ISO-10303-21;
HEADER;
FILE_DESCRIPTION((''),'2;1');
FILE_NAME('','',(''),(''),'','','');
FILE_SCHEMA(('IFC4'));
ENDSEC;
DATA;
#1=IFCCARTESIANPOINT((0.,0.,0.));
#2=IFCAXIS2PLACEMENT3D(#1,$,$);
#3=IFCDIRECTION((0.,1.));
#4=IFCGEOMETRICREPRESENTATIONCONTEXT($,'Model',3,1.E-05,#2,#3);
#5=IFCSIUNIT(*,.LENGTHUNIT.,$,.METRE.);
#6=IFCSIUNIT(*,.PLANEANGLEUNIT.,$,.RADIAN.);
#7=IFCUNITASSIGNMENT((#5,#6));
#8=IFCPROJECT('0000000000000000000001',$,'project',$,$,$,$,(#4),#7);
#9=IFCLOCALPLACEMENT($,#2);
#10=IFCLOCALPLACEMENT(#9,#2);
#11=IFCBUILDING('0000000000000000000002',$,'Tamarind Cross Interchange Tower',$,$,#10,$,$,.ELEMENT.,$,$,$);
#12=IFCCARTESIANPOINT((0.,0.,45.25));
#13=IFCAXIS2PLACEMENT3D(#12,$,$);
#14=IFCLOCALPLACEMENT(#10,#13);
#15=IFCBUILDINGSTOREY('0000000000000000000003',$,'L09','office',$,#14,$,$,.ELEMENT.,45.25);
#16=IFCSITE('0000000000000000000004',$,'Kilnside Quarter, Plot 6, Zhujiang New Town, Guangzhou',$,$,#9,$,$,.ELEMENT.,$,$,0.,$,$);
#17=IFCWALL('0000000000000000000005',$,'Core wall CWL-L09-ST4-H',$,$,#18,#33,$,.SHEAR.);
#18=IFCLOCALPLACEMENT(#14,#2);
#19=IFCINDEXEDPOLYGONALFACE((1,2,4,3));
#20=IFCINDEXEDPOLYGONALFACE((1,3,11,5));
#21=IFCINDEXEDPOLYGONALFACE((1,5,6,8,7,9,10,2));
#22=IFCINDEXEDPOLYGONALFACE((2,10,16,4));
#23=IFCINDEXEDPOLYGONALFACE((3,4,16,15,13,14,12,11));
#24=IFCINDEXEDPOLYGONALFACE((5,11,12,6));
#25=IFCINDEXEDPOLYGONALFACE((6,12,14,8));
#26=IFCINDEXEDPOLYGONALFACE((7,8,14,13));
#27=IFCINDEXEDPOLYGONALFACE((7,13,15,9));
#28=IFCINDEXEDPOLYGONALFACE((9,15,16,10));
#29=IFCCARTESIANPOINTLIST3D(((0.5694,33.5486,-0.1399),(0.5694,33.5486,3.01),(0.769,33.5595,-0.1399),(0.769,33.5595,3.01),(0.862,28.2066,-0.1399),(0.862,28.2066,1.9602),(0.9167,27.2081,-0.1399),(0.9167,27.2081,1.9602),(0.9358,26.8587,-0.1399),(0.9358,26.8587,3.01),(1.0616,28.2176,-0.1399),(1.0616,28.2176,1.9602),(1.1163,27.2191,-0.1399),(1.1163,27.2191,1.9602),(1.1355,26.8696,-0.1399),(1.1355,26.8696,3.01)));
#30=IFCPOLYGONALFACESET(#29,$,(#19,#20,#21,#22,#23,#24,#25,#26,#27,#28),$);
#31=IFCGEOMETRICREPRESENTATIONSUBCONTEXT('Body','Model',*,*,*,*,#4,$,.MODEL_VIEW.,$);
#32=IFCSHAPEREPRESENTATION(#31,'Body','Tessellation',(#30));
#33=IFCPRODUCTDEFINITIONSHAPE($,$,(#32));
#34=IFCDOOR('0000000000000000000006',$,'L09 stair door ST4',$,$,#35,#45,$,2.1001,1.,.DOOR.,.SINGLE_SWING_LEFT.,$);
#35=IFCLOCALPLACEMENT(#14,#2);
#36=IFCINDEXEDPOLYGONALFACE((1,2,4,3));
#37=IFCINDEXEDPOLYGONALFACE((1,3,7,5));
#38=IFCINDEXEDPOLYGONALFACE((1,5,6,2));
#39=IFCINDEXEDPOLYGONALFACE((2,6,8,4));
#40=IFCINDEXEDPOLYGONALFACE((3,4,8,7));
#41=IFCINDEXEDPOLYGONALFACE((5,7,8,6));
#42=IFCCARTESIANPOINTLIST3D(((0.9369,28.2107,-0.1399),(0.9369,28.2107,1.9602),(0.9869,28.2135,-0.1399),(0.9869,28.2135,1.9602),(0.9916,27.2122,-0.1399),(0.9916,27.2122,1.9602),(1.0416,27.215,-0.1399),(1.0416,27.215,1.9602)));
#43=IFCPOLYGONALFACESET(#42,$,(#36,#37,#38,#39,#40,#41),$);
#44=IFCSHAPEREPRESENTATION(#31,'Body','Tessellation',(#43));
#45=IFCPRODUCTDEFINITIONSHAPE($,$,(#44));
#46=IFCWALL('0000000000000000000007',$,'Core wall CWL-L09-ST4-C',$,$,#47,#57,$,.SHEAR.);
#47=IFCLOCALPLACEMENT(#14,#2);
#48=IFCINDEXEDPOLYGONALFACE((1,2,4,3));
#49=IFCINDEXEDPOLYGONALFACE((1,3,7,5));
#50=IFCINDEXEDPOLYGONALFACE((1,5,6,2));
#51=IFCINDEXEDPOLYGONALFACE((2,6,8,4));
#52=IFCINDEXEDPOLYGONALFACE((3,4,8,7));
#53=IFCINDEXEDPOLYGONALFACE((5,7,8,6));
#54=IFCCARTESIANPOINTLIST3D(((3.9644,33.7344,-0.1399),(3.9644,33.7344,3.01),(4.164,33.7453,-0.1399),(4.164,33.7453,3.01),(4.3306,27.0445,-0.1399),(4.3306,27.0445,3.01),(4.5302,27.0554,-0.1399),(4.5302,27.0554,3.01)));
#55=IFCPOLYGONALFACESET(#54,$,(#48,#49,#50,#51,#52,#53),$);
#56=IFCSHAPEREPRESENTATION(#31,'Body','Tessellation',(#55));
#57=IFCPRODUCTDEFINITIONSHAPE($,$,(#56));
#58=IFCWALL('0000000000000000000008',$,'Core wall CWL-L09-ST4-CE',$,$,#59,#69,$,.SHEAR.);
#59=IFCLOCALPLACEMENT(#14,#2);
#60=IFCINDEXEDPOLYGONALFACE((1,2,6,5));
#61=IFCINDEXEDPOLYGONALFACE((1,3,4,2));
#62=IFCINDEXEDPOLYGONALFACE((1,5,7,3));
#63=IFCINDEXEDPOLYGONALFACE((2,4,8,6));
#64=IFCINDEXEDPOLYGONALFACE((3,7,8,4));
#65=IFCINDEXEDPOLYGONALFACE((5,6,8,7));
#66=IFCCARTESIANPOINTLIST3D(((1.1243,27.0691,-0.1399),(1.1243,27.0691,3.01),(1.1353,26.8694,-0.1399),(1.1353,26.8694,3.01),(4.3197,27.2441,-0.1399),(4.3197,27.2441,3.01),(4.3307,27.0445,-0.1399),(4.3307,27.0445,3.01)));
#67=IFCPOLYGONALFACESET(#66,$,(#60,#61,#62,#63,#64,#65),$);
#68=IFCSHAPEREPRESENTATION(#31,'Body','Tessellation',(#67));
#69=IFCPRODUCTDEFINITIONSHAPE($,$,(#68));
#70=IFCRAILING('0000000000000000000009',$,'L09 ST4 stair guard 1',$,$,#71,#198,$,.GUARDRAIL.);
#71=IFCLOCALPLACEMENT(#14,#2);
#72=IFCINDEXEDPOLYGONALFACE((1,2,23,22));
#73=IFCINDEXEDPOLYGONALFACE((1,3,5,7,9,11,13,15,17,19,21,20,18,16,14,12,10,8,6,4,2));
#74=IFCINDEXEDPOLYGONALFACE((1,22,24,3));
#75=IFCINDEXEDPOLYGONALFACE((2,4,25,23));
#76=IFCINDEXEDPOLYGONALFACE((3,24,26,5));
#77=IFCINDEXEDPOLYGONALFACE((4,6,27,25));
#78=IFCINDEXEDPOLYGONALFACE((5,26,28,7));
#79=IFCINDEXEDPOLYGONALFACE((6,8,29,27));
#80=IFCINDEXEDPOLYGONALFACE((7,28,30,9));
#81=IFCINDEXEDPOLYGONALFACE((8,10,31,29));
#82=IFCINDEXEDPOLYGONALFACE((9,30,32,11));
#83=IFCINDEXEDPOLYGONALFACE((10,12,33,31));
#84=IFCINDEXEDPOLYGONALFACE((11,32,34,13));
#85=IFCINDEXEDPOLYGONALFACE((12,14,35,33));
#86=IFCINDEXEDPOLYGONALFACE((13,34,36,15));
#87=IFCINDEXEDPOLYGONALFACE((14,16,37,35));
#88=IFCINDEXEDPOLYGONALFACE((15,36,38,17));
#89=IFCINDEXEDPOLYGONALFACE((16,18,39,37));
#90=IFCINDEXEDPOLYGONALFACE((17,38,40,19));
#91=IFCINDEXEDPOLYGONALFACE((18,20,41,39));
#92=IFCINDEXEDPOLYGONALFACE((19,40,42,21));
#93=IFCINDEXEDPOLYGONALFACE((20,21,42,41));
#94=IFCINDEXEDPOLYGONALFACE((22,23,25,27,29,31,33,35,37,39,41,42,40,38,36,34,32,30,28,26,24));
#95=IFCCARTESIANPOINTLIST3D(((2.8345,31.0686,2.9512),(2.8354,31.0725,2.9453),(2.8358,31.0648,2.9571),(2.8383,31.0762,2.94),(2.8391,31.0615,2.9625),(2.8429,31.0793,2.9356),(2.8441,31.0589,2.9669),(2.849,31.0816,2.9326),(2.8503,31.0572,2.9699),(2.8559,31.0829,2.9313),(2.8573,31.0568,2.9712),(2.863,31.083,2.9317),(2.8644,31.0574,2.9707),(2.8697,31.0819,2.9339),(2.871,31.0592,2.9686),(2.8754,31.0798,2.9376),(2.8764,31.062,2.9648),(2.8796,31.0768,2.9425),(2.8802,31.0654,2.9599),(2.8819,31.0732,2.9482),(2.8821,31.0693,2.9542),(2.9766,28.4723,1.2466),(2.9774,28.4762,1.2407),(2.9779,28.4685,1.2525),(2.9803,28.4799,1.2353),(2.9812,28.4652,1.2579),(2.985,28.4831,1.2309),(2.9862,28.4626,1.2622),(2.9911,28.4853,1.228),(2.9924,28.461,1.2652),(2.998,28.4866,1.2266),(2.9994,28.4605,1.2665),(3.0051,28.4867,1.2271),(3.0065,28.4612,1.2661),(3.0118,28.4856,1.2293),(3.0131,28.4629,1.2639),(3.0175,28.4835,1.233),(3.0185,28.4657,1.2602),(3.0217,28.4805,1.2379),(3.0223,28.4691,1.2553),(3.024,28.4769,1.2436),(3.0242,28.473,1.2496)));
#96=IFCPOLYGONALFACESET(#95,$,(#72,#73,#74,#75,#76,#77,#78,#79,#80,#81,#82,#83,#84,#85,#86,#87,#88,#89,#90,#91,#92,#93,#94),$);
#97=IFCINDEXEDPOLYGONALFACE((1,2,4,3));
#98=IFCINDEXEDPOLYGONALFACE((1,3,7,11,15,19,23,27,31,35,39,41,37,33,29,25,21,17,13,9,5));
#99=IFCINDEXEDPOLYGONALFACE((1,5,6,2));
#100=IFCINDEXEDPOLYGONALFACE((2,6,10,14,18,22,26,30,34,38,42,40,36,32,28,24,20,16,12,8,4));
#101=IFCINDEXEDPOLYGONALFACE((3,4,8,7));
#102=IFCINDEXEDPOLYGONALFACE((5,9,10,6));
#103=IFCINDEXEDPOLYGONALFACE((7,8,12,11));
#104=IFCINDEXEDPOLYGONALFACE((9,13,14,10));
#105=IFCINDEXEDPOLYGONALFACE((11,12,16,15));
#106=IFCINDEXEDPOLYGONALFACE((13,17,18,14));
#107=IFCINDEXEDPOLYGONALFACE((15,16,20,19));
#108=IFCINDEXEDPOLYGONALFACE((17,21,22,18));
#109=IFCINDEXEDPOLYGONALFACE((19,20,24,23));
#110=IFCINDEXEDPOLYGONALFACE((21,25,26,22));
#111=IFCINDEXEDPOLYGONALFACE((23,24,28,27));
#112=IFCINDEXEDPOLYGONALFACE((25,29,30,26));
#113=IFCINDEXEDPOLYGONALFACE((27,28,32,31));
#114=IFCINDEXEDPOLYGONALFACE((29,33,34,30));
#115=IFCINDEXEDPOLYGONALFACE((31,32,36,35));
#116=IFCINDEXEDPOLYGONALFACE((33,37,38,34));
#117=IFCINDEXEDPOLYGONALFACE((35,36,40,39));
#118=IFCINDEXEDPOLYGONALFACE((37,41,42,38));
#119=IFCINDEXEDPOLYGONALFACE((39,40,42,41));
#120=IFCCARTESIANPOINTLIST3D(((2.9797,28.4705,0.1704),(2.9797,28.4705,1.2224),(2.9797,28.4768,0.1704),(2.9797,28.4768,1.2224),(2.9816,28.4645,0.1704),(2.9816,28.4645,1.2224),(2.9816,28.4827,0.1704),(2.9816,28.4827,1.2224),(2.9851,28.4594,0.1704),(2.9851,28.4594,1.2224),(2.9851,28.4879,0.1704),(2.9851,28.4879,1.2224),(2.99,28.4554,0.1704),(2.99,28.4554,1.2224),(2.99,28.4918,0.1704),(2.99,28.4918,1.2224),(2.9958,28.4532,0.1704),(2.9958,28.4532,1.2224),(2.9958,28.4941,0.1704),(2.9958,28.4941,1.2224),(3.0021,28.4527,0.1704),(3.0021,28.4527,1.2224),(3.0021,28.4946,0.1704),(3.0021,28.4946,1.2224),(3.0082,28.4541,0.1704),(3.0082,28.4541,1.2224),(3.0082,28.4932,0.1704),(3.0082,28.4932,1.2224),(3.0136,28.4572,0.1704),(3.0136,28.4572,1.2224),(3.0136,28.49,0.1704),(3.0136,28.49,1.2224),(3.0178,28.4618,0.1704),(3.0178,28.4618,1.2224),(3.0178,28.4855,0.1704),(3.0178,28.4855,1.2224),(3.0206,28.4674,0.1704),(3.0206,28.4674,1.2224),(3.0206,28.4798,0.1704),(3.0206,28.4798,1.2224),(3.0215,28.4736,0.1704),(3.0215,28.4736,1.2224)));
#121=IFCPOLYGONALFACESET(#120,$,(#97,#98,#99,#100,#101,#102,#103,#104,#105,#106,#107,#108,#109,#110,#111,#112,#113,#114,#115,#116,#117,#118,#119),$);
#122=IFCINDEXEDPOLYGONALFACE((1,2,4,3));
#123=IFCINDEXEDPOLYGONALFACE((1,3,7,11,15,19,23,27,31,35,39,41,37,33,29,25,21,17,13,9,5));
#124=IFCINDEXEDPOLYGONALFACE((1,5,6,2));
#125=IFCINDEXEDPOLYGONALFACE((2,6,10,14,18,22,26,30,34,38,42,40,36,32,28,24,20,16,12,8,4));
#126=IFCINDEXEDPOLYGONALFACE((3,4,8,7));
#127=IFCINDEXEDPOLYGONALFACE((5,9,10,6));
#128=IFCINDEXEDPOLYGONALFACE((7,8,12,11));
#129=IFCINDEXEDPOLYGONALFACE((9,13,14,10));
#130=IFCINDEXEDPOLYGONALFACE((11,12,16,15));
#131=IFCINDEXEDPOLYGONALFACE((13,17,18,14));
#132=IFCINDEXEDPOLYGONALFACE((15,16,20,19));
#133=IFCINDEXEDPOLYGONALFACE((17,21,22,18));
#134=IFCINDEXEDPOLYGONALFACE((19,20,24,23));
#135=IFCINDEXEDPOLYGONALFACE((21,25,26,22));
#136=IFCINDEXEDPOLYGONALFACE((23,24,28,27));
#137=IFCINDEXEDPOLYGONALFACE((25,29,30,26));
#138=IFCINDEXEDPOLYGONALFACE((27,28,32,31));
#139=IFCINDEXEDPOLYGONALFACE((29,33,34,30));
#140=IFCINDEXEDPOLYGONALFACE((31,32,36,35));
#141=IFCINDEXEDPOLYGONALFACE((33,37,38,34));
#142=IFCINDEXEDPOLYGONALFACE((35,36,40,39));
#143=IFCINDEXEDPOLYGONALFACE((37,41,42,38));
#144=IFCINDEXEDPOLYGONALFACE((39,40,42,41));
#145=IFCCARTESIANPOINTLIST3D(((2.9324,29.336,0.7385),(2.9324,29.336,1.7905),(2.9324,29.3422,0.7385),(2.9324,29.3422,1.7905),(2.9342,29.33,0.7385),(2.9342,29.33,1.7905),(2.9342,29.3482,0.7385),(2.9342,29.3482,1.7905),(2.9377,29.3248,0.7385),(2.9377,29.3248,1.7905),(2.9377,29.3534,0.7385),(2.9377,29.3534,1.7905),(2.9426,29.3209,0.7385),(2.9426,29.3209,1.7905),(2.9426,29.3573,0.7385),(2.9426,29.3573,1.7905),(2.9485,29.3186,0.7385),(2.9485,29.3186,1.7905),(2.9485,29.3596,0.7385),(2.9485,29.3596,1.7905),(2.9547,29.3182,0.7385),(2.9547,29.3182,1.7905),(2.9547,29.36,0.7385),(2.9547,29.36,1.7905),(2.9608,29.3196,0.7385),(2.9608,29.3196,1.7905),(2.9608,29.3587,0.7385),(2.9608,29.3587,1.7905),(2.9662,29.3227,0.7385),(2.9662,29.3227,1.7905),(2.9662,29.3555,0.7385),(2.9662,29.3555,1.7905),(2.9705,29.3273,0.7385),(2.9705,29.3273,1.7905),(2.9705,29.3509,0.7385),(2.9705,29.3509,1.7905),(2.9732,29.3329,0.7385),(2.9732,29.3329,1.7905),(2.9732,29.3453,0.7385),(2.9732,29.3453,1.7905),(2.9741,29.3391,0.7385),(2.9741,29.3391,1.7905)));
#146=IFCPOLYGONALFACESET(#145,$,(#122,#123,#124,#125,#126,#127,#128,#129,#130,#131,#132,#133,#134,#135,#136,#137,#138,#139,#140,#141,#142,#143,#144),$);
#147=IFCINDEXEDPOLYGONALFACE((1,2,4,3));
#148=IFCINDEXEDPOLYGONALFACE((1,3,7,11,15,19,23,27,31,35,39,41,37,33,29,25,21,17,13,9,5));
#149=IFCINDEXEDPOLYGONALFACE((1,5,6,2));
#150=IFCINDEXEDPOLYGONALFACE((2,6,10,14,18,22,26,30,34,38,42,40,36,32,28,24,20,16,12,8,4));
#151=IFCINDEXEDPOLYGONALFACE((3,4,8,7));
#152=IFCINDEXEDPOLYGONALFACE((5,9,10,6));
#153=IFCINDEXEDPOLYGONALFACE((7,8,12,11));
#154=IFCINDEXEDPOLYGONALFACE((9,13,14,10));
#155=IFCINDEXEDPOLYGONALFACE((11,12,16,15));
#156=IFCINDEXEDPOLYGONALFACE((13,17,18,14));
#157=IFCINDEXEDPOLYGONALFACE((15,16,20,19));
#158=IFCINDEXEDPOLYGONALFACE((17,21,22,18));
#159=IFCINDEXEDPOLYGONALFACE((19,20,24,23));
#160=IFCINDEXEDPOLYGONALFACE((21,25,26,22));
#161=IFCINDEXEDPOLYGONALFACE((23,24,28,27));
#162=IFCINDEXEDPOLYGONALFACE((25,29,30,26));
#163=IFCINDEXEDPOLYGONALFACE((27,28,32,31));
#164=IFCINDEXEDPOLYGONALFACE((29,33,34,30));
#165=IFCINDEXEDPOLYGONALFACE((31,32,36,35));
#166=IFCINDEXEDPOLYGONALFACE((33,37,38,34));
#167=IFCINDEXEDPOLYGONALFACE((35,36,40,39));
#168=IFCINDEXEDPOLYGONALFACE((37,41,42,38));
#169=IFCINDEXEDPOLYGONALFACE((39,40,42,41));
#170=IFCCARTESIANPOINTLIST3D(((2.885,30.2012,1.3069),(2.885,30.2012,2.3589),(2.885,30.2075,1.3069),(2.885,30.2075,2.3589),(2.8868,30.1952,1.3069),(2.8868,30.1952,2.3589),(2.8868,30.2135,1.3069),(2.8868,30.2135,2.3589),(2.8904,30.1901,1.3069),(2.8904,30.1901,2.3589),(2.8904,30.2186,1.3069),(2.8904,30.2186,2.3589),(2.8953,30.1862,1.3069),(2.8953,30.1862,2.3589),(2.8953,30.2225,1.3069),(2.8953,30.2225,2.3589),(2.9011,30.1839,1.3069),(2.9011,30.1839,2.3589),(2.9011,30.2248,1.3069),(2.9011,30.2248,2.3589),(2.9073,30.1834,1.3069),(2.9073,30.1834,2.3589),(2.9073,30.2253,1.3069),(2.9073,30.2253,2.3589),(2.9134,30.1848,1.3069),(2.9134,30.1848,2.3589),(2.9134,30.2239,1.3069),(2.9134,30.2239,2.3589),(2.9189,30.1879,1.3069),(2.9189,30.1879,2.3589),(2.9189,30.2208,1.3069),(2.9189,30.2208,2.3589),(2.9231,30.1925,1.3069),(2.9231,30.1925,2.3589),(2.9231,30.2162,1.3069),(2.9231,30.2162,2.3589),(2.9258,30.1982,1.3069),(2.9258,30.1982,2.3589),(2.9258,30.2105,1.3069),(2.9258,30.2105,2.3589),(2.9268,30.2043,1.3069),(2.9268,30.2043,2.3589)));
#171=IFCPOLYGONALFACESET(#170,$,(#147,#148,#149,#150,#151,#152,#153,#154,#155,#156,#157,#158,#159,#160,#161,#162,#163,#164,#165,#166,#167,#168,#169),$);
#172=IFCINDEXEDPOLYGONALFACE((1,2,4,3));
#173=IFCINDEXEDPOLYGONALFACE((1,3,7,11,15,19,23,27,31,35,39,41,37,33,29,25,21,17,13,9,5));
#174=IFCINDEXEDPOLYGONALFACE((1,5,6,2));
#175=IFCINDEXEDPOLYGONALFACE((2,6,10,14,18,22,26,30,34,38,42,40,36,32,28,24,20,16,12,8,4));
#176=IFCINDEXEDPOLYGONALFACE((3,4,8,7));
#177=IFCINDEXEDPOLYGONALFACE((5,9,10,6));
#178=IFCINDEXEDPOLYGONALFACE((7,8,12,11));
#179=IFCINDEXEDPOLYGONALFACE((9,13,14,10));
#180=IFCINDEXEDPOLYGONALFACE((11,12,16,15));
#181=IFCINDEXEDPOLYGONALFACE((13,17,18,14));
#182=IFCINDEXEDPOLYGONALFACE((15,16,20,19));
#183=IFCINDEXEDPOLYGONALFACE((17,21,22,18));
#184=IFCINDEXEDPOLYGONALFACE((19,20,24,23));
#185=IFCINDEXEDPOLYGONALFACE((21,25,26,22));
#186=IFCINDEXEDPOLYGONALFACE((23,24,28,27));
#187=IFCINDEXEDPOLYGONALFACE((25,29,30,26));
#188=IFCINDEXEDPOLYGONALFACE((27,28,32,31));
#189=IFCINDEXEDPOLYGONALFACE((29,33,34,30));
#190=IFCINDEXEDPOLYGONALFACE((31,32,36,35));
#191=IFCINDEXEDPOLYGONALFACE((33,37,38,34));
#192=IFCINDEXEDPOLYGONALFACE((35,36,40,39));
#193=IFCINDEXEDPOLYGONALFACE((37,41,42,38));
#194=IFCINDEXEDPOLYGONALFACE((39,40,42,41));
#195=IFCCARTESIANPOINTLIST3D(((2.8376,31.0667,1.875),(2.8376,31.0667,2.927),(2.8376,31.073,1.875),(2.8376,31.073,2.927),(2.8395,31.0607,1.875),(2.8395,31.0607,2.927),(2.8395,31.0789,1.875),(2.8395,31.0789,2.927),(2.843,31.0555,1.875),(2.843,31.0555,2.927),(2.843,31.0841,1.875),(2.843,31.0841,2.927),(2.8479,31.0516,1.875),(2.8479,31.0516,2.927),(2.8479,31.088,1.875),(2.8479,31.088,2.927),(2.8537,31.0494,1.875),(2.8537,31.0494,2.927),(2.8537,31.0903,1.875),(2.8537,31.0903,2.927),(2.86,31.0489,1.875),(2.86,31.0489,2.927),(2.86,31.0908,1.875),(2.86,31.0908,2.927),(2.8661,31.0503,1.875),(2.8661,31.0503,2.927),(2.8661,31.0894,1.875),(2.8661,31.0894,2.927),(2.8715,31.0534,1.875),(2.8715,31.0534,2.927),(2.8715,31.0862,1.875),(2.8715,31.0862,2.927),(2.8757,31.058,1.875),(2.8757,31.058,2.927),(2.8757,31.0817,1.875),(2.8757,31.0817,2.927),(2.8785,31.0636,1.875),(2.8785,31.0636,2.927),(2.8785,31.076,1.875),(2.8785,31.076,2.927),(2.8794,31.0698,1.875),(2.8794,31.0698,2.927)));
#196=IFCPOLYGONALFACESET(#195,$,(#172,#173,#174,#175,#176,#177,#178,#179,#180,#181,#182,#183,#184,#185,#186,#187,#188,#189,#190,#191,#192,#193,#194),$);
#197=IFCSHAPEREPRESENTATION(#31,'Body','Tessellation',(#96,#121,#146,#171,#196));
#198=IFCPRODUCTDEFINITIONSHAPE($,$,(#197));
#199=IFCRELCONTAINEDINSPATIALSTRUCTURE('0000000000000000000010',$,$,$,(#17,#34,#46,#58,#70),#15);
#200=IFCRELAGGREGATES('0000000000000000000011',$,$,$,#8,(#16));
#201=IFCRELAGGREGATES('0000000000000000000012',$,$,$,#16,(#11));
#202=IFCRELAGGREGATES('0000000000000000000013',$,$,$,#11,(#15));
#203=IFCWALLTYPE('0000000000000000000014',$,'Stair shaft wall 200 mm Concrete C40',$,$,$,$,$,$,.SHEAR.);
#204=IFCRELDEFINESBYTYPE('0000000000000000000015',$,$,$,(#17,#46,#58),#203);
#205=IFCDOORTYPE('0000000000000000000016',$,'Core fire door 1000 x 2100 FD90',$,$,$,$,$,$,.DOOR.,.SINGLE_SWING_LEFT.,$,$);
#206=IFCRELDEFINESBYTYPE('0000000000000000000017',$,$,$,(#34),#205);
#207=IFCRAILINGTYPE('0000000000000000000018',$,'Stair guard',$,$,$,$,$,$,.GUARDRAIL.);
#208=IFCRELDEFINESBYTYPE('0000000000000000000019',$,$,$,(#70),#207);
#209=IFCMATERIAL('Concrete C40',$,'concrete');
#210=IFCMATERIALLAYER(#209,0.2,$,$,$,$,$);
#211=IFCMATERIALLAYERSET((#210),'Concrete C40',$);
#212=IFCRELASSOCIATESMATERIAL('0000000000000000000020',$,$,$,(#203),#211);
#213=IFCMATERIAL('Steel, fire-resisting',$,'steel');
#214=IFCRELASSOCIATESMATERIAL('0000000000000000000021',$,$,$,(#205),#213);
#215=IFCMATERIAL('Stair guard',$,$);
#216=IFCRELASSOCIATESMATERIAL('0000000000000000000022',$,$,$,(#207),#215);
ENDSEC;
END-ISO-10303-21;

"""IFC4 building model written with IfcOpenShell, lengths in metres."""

from ifc_helpers import new_model, si_unit, direction, frame, frame_2d, origin, origin_2d, place, context, subcontext, project, spatial, rectangle, circle, extrude, material, layer, layer_set, type_object, element, fill, save


model = new_model("IFC4")

# Units and contexts
model_context = context("Model", 3, precision=1e-05, world=origin(), true_north=direction((0.0, 1.0)))
body_context = subcontext(model_context, "Body", "Model", "MODEL_VIEW")
ifc_project = project(units=[si_unit("LENGTHUNIT", "METRE"), si_unit("PLANEANGLEUNIT", "RADIAN")], contexts=[model_context])

# Site, building, storey
site_placement = place(None, origin())
site = spatial("IfcSite", under=ifc_project, at=site_placement, Name="Kilnside Quarter, Plot 6, Zhujiang New Town, Guangzhou", CompositionType="ELEMENT", RefElevation=0.0)
building_placement = place(site_placement, origin())
building = spatial("IfcBuilding", under=site, at=building_placement, Name="Tamarind Cross Interchange Tower", CompositionType="ELEMENT")
storey_placement = place(building_placement, frame((0.0, 0.0, 45.25)))
storey = spatial("IfcBuildingStorey", under=building, at=storey_placement, Name="L09", Description="office", CompositionType="ELEMENT", Elevation=45.25)

# Wall, opening, door
ifc_material_1 = material(Name="Concrete C40", Category="concrete")
ifc_layer_1 = layer(ifc_material_1, 0.2)
ifc_layer_set_1 = layer_set([ifc_layer_1], Name="Concrete C40")
wall_type_1 = type_object("IfcWallType", Name="Stair shaft wall 200 mm Concrete C40", PredefinedType="SHEAR", material=ifc_layer_set_1)
wall_1_placement = place(storey_placement, frame((1.0356, 26.864, -0.1399), z_axis=(0.0, 0.0, 1.0), x_axis=(-0.054695, 0.998503, 0.0)))
wall_1 = element("IfcWall", 1, at=wall_1_placement, inside=storey, type_object=wall_type_1, Name="Core wall CWL-L09-ST4-H", PredefinedType="SHEAR", context=body_context, shape_type="SweptSolid", body=[
    extrude(rectangle(XDim=6.7, YDim=0.2, at=frame_2d((3.3501, 0.0))), origin(), (0.0, 0.0, 1.0), 3.1499),
])
opening_1_placement = place(wall_1_placement, frame((0.3501, 0.0, 0.0)))
opening_1 = element("IfcOpeningElement", 2, at=opening_1_placement, cuts=wall_1, PredefinedType="OPENING", context=body_context, shape_type="SweptSolid", body=[
    extrude(rectangle(XDim=1.0, YDim=2.1001, at=frame_2d((0.5, 1.05))), frame((0.0, 0.1099, 0.0), z_axis=(0.0, -1.0, 0.0), x_axis=(1.0, 0.0, 0.0)), (0.0, 0.0, 1.0), 0.22),
])
ifc_material_2 = material(Name="Steel, fire-resisting", Category="steel")
door_type_1 = type_object("IfcDoorType", Name="Core fire door 1000 x 2100 FD90", OperationType="SINGLE_SWING_LEFT", PredefinedType="DOOR", material=ifc_material_2)
door_1_placement = place(opening_1_placement, origin())
door_1 = element("IfcDoor", 3, at=door_1_placement, inside=storey, type_object=door_type_1, Name="L09 stair door ST4", OperationType="SINGLE_SWING_LEFT", OverallHeight=2.1001, OverallWidth=1.0, PredefinedType="DOOR", context=body_context, shape_type="SweptSolid", body=[
    extrude(rectangle(XDim=1.0, YDim=2.1001, at=frame_2d((0.5, 1.05))), frame((0.0, 0.0249, 0.0), z_axis=(0.0, -1.0, 0.0), x_axis=(1.0, 0.0, 0.0)), (0.0, 0.0, 1.0), 0.05),
])
fill(opening_1, door_1)

# Walls
wall_2_placement = place(storey_placement, frame((4.4304, 27.0498, -0.1399), z_axis=(0.0, 0.0, 1.0), x_axis=(-0.054659, 0.998505, 0.0)))
element("IfcWall", 4, at=wall_2_placement, inside=storey, type_object=wall_type_1, Name="Core wall CWL-L09-ST4-C", PredefinedType="SHEAR", context=body_context, shape_type="SweptSolid", body=[
    extrude(rectangle(XDim=6.7, YDim=0.2, at=frame_2d((3.3501, 0.0))), origin(), (0.0, 0.0, 1.0), 3.1499),
])
wall_3_placement = place(storey_placement, frame((4.3252, 27.1443, -0.1399), z_axis=(0.0, 0.0, 1.0), x_axis=(-0.998503, -0.054701, 0.0)))
element("IfcWall", 5, at=wall_3_placement, inside=storey, type_object=wall_type_1, Name="Core wall CWL-L09-ST4-CE", PredefinedType="SHEAR", context=body_context, shape_type="SweptSolid", body=[
    extrude(rectangle(XDim=3.2002, YDim=0.2, at=frame_2d((1.6001, 0.0))), origin(), (0.0, 0.0, 1.0), 3.1499),
])

# Railing
ifc_material_3 = material(Name="Stair guard")
railing_type = type_object("IfcRailingType", Name="Stair guard", PredefinedType="GUARDRAIL", material=ifc_material_3)
railing_1_placement = place(storey_placement, frame((3.0005, 28.4736, 0.1704)))
element("IfcRailing", 6, at=railing_1_placement, inside=storey, type_object=railing_type, Name="L09 ST4 stair guard 1", PredefinedType="GUARDRAIL", context=body_context, shape_type="SweptSolid", body=[
    extrude(circle(Radius=0.0239, at=origin_2d()), frame((0.0, 0.0, 1.0762), z_axis=(-0.045702, 0.83505, 0.548272), x_axis=(-0.998506, -0.054648, 0.0)), (0.0, 0.0, 1.0), 3.1091),
    extrude(circle(Radius=0.021, at=origin_2d()), origin(), (0.0, 0.0, 1.0), 1.052),
    extrude(circle(Radius=0.021, at=origin_2d()), frame((-0.0474, 0.8655, 0.5681)), (0.0, 0.0, 1.0), 1.052),
    extrude(circle(Radius=0.021, at=origin_2d()), frame((-0.0947, 1.7307, 1.1365)), (0.0, 0.0, 1.0), 1.052),
    extrude(circle(Radius=0.021, at=origin_2d()), frame((-0.1421, 2.5962, 1.7046)), (0.0, 0.0, 1.0), 1.052),
])

save(model, "model.ifc")
